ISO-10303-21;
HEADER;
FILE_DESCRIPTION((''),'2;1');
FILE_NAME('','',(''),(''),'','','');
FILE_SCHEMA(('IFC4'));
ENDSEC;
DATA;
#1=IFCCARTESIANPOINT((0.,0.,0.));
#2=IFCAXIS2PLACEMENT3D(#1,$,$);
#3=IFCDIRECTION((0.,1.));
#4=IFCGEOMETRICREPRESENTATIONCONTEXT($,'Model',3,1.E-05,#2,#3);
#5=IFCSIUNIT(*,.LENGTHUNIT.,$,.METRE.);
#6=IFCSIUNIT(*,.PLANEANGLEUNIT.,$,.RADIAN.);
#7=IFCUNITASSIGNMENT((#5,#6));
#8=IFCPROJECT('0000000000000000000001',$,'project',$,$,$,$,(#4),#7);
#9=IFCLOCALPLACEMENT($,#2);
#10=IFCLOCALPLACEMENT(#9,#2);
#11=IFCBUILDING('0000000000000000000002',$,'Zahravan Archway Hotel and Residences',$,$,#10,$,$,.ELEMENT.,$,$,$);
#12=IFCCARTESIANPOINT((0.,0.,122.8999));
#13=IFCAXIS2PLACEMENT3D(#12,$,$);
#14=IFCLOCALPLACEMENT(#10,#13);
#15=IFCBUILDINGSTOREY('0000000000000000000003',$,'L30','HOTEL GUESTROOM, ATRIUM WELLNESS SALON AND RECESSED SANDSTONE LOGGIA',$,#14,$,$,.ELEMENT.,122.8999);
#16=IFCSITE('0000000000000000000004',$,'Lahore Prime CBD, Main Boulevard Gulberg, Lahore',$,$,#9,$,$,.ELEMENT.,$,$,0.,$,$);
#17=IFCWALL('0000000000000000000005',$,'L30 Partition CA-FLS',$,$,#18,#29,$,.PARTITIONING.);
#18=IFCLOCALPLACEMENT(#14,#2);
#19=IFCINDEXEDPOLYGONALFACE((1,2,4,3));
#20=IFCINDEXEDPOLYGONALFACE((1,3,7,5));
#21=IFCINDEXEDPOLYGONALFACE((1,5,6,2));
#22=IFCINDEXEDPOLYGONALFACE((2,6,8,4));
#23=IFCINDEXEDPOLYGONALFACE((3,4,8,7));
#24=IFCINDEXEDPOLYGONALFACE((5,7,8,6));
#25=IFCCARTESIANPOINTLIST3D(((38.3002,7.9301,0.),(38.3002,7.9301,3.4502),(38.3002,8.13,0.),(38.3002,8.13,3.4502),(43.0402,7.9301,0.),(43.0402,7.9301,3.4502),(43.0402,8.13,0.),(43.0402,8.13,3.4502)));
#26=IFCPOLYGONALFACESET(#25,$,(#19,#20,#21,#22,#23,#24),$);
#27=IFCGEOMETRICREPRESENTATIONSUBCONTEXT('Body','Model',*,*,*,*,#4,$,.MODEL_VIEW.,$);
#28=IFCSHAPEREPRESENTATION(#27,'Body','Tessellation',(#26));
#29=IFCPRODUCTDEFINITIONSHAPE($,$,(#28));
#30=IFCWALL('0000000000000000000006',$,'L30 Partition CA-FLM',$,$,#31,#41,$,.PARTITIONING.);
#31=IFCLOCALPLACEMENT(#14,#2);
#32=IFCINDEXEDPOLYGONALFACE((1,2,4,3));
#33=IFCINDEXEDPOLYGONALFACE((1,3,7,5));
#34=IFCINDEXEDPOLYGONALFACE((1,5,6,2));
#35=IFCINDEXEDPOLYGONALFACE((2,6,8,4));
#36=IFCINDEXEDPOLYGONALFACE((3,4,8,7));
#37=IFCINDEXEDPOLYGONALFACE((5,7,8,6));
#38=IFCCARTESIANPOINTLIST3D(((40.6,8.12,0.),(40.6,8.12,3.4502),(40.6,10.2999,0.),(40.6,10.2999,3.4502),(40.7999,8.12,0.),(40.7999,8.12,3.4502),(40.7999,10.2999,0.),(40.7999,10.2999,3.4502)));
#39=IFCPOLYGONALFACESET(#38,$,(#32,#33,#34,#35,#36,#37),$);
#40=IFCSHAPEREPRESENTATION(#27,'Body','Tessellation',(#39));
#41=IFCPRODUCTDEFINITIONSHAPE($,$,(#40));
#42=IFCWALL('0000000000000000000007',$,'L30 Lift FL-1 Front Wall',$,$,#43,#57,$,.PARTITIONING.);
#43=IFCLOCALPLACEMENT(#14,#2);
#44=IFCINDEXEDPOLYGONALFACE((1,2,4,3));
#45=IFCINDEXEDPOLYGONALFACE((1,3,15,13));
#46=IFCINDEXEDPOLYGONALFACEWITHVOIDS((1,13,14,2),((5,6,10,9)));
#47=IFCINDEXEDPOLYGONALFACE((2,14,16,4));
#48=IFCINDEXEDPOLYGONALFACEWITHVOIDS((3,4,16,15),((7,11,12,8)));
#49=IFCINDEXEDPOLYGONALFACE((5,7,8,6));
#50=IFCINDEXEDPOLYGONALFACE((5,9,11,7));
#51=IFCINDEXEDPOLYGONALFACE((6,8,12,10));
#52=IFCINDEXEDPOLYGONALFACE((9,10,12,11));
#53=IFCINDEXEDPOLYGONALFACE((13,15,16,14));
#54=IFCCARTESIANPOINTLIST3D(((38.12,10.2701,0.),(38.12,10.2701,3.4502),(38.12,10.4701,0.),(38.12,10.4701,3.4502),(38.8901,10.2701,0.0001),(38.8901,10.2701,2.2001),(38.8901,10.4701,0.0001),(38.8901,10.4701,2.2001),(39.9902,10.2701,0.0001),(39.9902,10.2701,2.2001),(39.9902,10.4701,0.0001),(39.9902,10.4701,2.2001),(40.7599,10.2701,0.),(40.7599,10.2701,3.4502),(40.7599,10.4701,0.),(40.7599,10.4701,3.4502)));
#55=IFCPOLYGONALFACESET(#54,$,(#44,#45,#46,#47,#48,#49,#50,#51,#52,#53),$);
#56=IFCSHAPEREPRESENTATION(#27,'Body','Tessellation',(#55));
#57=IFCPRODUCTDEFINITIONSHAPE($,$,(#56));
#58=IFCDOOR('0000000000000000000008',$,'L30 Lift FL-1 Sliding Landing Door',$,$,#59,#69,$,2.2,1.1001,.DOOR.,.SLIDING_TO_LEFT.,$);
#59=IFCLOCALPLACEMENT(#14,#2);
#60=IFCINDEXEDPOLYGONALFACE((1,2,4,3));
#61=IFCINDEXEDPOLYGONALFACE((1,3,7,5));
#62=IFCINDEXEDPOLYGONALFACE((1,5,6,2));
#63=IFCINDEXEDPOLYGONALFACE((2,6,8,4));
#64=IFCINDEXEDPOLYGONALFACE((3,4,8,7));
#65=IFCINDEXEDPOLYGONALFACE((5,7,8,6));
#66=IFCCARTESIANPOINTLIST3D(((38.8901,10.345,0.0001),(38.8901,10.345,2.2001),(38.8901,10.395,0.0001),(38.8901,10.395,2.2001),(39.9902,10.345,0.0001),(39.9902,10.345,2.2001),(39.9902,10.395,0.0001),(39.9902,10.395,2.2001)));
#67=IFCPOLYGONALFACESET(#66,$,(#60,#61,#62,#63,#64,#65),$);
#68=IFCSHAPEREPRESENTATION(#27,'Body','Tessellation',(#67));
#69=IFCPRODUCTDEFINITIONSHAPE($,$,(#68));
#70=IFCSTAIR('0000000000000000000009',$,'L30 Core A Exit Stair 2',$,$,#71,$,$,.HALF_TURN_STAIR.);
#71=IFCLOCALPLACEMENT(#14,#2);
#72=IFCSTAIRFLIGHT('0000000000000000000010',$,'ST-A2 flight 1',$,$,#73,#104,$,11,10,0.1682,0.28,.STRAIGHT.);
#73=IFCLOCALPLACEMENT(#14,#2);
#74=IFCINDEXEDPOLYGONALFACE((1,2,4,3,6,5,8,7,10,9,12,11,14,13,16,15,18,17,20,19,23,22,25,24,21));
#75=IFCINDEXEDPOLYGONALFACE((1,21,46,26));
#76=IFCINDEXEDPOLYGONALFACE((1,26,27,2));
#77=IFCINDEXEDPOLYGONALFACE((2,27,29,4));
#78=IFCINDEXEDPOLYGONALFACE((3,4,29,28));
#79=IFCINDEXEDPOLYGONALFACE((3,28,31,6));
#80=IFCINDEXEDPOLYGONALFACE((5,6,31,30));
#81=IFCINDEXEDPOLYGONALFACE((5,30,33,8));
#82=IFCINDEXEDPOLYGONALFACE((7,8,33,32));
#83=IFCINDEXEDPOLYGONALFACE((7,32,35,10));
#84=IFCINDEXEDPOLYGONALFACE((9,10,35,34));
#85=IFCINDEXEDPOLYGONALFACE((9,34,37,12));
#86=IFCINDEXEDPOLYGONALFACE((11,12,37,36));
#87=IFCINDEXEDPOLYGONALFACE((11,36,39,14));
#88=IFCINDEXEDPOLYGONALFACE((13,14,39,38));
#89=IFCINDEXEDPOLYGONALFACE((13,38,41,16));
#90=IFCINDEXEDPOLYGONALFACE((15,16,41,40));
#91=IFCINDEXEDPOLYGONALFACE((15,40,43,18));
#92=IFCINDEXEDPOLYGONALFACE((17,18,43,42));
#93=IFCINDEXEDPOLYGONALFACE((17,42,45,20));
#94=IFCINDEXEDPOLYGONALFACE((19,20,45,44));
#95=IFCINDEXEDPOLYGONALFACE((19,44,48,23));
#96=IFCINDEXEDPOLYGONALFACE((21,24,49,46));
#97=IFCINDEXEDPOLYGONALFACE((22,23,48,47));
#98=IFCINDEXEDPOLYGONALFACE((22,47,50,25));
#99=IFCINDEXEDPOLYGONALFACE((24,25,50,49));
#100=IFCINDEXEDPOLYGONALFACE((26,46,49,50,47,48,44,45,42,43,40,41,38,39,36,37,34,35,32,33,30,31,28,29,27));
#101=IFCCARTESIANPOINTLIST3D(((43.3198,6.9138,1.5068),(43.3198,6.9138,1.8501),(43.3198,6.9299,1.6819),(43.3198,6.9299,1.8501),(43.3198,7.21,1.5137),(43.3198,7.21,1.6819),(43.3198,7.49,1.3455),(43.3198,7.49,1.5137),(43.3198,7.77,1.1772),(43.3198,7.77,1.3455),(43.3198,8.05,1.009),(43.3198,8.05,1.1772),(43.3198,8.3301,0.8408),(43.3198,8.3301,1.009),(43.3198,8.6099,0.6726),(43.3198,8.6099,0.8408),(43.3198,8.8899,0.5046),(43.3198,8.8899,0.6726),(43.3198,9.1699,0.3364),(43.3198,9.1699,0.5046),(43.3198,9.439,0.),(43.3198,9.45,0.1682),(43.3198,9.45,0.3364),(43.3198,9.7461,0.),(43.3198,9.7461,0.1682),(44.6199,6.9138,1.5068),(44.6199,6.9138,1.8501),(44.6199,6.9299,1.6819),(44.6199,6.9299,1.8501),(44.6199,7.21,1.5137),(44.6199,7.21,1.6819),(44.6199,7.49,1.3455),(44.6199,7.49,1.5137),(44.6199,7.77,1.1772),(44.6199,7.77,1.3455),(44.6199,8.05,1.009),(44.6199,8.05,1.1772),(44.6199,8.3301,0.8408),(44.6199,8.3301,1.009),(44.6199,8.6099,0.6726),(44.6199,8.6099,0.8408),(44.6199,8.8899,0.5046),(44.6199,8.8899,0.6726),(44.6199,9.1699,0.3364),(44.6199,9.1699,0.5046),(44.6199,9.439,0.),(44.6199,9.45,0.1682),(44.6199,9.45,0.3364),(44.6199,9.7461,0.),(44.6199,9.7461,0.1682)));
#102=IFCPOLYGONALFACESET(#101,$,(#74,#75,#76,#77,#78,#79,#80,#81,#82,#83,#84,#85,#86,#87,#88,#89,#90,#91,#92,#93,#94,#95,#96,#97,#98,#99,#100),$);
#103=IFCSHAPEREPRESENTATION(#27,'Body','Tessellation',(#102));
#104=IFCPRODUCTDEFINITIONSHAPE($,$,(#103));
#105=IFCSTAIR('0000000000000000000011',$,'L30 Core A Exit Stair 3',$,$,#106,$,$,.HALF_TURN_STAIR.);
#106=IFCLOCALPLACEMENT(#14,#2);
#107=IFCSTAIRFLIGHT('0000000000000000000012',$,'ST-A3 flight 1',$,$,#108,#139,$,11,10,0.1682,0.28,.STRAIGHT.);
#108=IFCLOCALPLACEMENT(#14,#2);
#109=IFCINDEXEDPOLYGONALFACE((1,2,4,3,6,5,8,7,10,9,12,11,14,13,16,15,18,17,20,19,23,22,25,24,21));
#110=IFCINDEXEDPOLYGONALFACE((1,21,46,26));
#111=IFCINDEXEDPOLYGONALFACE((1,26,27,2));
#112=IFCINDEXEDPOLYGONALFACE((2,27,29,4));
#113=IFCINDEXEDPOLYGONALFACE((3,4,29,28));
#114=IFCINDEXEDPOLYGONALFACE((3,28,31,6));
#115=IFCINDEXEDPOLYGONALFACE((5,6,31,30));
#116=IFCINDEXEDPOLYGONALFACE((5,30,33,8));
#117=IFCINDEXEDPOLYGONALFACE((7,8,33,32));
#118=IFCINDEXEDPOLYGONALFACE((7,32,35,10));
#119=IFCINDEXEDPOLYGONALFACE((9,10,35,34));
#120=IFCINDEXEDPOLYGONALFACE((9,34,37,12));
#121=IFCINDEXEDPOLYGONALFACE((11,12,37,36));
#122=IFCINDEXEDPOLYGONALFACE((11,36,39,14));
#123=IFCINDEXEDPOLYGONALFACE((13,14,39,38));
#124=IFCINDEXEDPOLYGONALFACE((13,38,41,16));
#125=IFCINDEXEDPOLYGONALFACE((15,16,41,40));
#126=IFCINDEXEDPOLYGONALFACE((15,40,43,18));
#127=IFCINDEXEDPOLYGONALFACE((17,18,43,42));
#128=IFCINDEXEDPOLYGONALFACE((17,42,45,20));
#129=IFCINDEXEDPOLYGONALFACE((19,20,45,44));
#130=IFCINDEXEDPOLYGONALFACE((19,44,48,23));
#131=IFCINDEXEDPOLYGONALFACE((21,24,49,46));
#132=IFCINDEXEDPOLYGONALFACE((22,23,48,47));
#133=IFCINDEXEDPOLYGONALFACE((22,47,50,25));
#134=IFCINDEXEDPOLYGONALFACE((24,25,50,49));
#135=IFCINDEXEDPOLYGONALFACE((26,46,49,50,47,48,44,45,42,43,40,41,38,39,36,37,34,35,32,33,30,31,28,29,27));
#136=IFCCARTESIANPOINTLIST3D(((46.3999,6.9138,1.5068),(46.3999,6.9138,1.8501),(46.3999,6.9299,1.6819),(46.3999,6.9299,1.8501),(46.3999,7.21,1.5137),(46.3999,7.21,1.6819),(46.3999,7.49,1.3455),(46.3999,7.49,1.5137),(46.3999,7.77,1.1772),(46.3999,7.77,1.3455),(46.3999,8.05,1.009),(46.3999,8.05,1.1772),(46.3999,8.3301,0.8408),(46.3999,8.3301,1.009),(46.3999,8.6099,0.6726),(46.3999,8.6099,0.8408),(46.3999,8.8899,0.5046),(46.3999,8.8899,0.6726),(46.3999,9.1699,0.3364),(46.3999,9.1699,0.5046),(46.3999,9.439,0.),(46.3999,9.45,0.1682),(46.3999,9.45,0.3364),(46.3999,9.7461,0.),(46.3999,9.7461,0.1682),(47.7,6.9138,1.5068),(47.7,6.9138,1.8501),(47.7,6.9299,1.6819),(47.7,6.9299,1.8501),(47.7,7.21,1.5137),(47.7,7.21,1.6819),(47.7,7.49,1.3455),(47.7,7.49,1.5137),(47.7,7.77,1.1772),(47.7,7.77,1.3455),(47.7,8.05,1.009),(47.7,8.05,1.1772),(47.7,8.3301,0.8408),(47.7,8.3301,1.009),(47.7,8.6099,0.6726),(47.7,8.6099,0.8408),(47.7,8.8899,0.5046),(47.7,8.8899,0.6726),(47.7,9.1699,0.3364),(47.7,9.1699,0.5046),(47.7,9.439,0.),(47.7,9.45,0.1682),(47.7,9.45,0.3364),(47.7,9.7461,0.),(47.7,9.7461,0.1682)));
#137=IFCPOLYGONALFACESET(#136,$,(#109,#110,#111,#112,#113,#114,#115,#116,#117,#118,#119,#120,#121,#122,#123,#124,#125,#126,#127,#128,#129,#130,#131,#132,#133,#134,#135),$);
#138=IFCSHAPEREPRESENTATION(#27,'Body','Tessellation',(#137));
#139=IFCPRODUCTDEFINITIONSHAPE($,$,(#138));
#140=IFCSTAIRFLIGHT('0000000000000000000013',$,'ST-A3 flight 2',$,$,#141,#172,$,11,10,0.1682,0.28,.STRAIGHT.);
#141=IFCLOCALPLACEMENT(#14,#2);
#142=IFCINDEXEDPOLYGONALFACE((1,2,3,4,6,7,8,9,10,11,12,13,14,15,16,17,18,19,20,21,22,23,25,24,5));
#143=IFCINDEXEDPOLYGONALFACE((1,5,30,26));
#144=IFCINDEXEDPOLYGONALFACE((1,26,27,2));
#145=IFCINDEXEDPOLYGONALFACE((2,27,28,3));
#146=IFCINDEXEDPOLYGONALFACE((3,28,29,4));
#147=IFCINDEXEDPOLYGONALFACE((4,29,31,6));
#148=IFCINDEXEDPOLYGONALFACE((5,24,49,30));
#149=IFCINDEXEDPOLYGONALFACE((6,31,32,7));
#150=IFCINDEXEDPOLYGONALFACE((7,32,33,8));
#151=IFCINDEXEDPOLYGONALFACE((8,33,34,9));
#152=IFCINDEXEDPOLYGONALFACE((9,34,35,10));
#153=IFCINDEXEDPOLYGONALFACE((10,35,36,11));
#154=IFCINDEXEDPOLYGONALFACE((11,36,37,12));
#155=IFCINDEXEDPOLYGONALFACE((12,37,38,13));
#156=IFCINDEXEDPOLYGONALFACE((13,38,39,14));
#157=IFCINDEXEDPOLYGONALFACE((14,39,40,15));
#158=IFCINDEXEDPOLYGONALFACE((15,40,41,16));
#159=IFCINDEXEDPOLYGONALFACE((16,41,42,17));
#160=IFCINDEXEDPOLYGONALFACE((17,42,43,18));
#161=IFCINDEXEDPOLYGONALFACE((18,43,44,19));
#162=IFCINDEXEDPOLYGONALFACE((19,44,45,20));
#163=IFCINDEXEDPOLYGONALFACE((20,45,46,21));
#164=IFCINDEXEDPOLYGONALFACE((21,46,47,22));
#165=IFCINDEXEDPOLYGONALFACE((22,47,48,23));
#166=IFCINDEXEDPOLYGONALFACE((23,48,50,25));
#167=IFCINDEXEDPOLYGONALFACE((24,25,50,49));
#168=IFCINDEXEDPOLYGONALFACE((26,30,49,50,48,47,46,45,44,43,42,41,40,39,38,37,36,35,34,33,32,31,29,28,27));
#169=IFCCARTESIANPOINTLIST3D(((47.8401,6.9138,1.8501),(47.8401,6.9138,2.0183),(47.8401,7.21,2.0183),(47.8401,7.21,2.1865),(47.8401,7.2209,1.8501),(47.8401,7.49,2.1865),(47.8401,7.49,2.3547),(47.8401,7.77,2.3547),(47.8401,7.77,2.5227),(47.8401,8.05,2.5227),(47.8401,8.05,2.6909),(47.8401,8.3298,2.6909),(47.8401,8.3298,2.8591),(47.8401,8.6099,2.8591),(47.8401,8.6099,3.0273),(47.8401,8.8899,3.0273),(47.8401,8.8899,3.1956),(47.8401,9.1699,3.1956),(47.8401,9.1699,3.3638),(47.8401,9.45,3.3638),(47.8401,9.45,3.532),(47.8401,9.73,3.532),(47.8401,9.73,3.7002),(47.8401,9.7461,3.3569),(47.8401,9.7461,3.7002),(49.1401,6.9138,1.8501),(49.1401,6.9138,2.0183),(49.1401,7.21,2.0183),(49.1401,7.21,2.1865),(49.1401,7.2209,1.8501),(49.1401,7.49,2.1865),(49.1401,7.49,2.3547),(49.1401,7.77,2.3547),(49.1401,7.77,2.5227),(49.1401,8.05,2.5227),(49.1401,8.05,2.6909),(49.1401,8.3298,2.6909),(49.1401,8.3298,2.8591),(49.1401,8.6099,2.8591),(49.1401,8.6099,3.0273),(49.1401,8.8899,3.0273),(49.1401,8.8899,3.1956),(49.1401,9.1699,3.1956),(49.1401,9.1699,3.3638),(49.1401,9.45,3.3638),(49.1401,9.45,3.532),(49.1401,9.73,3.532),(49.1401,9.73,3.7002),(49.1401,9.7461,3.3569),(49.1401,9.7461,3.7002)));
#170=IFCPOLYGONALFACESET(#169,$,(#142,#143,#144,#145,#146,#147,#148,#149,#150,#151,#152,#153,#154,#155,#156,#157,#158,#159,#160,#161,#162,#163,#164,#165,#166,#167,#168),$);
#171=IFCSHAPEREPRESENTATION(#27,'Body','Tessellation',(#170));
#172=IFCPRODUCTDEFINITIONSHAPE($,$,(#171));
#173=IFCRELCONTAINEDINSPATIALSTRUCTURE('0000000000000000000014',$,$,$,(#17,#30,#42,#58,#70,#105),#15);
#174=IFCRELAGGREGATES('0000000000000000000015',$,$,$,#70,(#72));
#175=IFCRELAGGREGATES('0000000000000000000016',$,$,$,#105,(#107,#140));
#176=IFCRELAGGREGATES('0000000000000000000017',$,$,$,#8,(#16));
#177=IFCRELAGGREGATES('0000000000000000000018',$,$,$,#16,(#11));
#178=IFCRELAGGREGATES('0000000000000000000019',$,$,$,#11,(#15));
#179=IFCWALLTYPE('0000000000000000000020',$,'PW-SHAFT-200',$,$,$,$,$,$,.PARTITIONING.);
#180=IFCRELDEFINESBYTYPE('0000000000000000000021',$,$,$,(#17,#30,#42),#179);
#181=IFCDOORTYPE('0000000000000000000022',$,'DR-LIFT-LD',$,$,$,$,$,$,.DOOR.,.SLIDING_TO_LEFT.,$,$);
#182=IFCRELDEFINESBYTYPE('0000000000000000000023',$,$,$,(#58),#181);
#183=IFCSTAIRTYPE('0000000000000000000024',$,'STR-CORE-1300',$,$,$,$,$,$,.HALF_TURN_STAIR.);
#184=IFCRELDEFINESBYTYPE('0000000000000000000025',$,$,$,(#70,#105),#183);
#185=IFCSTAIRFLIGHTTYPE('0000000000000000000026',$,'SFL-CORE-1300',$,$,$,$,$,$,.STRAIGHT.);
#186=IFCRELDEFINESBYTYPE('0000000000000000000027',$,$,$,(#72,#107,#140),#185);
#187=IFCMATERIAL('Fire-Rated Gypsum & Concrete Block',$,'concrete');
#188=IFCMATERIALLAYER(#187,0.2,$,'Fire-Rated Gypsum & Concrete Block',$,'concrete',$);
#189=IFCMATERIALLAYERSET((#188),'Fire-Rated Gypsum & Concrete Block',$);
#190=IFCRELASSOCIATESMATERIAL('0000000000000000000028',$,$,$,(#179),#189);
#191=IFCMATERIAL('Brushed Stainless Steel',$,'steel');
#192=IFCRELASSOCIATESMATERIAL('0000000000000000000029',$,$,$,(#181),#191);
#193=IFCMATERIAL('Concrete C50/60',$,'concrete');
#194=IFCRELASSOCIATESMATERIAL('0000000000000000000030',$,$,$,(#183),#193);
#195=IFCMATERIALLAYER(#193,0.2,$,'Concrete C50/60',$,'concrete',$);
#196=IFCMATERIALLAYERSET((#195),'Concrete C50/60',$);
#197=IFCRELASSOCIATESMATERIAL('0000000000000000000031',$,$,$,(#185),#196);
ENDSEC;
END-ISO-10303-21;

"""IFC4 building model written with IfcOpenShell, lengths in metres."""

from ifc_helpers import new_model, si_unit, direction, frame, frame_2d, origin, place, context, subcontext, project, spatial, polyline, rectangle, outline, extrude, source, transform, mapped, material, layer, layer_set, type_object, type_shapes, element, fill, aggregate, save


model = new_model("IFC4")

# Units and contexts
model_context = context("Model", 3, precision=1e-05, world=origin(), true_north=direction((0.0, 1.0)))
body_context = subcontext(model_context, "Body", "Model", "MODEL_VIEW")
ifc_project = project(units=[si_unit("LENGTHUNIT", "METRE"), si_unit("PLANEANGLEUNIT", "RADIAN")], contexts=[model_context])

# Site, building, storey
site_placement = place(None, origin())
site = spatial("IfcSite", under=ifc_project, at=site_placement, Name="Lahore Prime CBD, Main Boulevard Gulberg, Lahore", CompositionType="ELEMENT", RefElevation=0.0)
building_placement = place(site_placement, origin())
building = spatial("IfcBuilding", under=site, at=building_placement, Name="Zahravan Archway Hotel and Residences", CompositionType="ELEMENT")
storey_placement = place(building_placement, frame((0.0, 0.0, 122.8999)))
storey = spatial("IfcBuildingStorey", under=building, at=storey_placement, Name="L30", Description="HOTEL GUESTROOM, ATRIUM WELLNESS SALON AND RECESSED SANDSTONE LOGGIA", CompositionType="ELEMENT", Elevation=122.8999)

# Walls
ifc_material_1 = material(Name="Fire-Rated Gypsum & Concrete Block", Category="concrete")
ifc_layer_1 = layer(ifc_material_1, 0.2, Name="Fire-Rated Gypsum & Concrete Block", Category="concrete")
ifc_layer_set_1 = layer_set([ifc_layer_1], Name="Fire-Rated Gypsum & Concrete Block")
wall_type = type_object("IfcWallType", Name="PW-SHAFT-200", PredefinedType="PARTITIONING", material=ifc_layer_set_1)
wall_1_placement = place(storey_placement, frame((38.3, 8.03, 0.0), z_axis=(0.0, 0.0, 1.0), x_axis=(1.0, 0.0, 0.0)))
element("IfcWall", 1, at=wall_1_placement, inside=storey, type_object=wall_type, Name="L30 Partition CA-FLS", PredefinedType="PARTITIONING", context=body_context, shape_type="SweptSolid", body=[
    extrude(rectangle(XDim=4.74, YDim=0.2, at=frame_2d((2.3701, 0.0))), origin(), (0.0, 0.0, 1.0), 3.4502),
])
wall_2_placement = place(storey_placement, frame((40.7, 8.1201, 0.0), z_axis=(0.0, 0.0, 1.0), x_axis=(0.0, 1.0, 0.0)))
element("IfcWall", 2, at=wall_2_placement, inside=storey, type_object=wall_type, Name="L30 Partition CA-FLM", PredefinedType="PARTITIONING", context=body_context, shape_type="SweptSolid", body=[
    extrude(rectangle(XDim=2.1799, YDim=0.2, at=frame_2d((1.0898, 0.0))), origin(), (0.0, 0.0, 1.0), 3.4502),
])

# Wall, opening, door
wall_3_placement = place(storey_placement, frame((38.1201, 10.3701, 0.0), z_axis=(0.0, 0.0, 1.0), x_axis=(1.0, 0.0, 0.0)))
wall_3 = element("IfcWall", 3, at=wall_3_placement, inside=storey, type_object=wall_type, Name="L30 Lift FL-1 Front Wall", PredefinedType="PARTITIONING", context=body_context, shape_type="SweptSolid", body=[
    extrude(rectangle(XDim=2.6399, YDim=0.2, at=frame_2d((1.3198, 0.0))), origin(), (0.0, 0.0, 1.0), 3.4502),
])
opening_placement = place(wall_3_placement, frame((0.77, 0.0, 0.0)))
opening = element("IfcOpeningElement", 4, at=opening_placement, cuts=wall_3, PredefinedType="OPENING", context=body_context, shape_type="SweptSolid", body=[
    extrude(rectangle(XDim=1.1001, YDim=2.2, at=frame_2d((0.55, 1.1001))), frame((0.0, 0.1099, 0.0), z_axis=(0.0, -1.0, 0.0), x_axis=(1.0, 0.0, 0.0)), (0.0, 0.0, 1.0), 0.22),
])
ifc_material_2 = material(Name="Brushed Stainless Steel", Category="steel")
door_type = type_object("IfcDoorType", Name="DR-LIFT-LD", OperationType="SLIDING_TO_LEFT", PredefinedType="DOOR", material=ifc_material_2)
shared_shape_1 = source(origin(), body_context, "Body", "SweptSolid", [
    extrude(rectangle(XDim=1.1001, YDim=2.2, at=frame_2d((0.55, 1.1001))), frame((0.0, 0.0249, 0.0), z_axis=(0.0, -1.0, 0.0), x_axis=(1.0, 0.0, 0.0)), (0.0, 0.0, 1.0), 0.05),
])
type_shapes(door_type, [shared_shape_1])
door_placement = place(opening_placement, origin())
door = element("IfcDoor", 5, at=door_placement, inside=storey, type_object=door_type, Name="L30 Lift FL-1 Sliding Landing Door", OperationType="SLIDING_TO_LEFT", OverallHeight=2.2, OverallWidth=1.1001, PredefinedType="DOOR", context=body_context, shape_type="MappedRepresentation", body=[
    mapped(shared_shape_1, transform((0.0, 0.0, 0.0), scale=1.0)),
])
fill(opening, door)

# Stair, stair flight
ifc_material_3 = material(Name="Concrete C50/60", Category="concrete")
stair_type = type_object("IfcStairType", Name="STR-CORE-1300", PredefinedType="HALF_TURN_STAIR", material=ifc_material_3)
stair_1_placement = place(storey_placement, origin())
stair_1 = element("IfcStair", 6, at=stair_1_placement, inside=storey, type_object=stair_type, Name="L30 Core A Exit Stair 2", PredefinedType="HALF_TURN_STAIR")
ifc_layer_2 = layer(ifc_material_3, 0.2, Name="Concrete C50/60", Category="concrete")
ifc_layer_set_2 = layer_set([ifc_layer_2], Name="Concrete C50/60")
stair_flight_type = type_object("IfcStairFlightType", Name="SFL-CORE-1300", PredefinedType="STRAIGHT", material=ifc_layer_set_2)
shared_shape_2 = source(origin(), body_context, "Body", "SweptSolid", [
    extrude(outline(polyline([(-0.0161, 0.0), (-0.0161, 0.1682), (0.28, 0.1682), (0.28, 0.3364), (0.5601, 0.3364), (0.5601, 0.5046), (0.8401, 0.5046), (0.8401, 0.6726), (1.1201, 0.6726), (1.1201, 0.8408), (1.3999, 0.8408), (1.3999, 1.009), (1.6799, 1.009), (1.6799, 1.1772), (1.96, 1.1772), (1.96, 1.3455), (2.24, 1.3455), (2.24, 1.5137), (2.52, 1.5137), (2.52, 1.6819), (2.8, 1.6819), (2.8, 1.8501), (2.8162, 1.8501), (2.8162, 1.5068), (0.291, 0.0), (-0.0161, 0.0)])), frame((0.0, 0.6499, 0.0), z_axis=(0.0, -1.0, 0.0), x_axis=(1.0, 0.0, 0.0)), (0.0, 0.0, 1.0), 1.3),
])
stair_flight_1_placement = place(storey_placement, frame((43.97, 9.73, 0.0), z_axis=(0.0, 0.0, 1.0), x_axis=(0.0, -1.0, 0.0)))
stair_flight_1 = element("IfcStairFlight", 7, at=stair_flight_1_placement, type_object=stair_flight_type, Name="ST-A2 flight 1", NumberOfRisers=11, NumberOfTreads=10, PredefinedType="STRAIGHT", RiserHeight=0.1682, TreadLength=0.28, context=body_context, shape_type="MappedRepresentation", body=[
    mapped(shared_shape_2, transform((0.0, 0.0, 0.0), scale=1.0)),
])
aggregate(stair_1, [stair_flight_1])

# Stair, stair flights
stair_2_placement = place(storey_placement, origin())
stair_2 = element("IfcStair", 8, at=stair_2_placement, inside=storey, type_object=stair_type, Name="L30 Core A Exit Stair 3", PredefinedType="HALF_TURN_STAIR")
stair_flight_2_placement = place(storey_placement, frame((47.05, 9.73, 0.0), z_axis=(0.0, 0.0, 1.0), x_axis=(0.0, -1.0, 0.0)))
stair_flight_2 = element("IfcStairFlight", 9, at=stair_flight_2_placement, type_object=stair_flight_type, Name="ST-A3 flight 1", NumberOfRisers=11, NumberOfTreads=10, PredefinedType="STRAIGHT", RiserHeight=0.1682, TreadLength=0.28, context=body_context, shape_type="MappedRepresentation", body=[
    mapped(shared_shape_2, transform((0.0, 0.0, 0.0), scale=1.0)),
])
stair_flight_3_placement = place(storey_placement, frame((48.49, 6.9299, 1.8501), z_axis=(0.0, 0.0, 1.0), x_axis=(0.0, 1.0, 0.0)))
stair_flight_3 = element("IfcStairFlight", 10, at=stair_flight_3_placement, type_object=stair_flight_type, Name="ST-A3 flight 2", NumberOfRisers=11, NumberOfTreads=10, PredefinedType="STRAIGHT", RiserHeight=0.1682, TreadLength=0.28, context=body_context, shape_type="MappedRepresentation", body=[
    mapped(shared_shape_2, transform((0.0, 0.0, 0.0), scale=1.0)),
])
aggregate(stair_2, [stair_flight_2, stair_flight_3])

save(model, "model.ifc")
